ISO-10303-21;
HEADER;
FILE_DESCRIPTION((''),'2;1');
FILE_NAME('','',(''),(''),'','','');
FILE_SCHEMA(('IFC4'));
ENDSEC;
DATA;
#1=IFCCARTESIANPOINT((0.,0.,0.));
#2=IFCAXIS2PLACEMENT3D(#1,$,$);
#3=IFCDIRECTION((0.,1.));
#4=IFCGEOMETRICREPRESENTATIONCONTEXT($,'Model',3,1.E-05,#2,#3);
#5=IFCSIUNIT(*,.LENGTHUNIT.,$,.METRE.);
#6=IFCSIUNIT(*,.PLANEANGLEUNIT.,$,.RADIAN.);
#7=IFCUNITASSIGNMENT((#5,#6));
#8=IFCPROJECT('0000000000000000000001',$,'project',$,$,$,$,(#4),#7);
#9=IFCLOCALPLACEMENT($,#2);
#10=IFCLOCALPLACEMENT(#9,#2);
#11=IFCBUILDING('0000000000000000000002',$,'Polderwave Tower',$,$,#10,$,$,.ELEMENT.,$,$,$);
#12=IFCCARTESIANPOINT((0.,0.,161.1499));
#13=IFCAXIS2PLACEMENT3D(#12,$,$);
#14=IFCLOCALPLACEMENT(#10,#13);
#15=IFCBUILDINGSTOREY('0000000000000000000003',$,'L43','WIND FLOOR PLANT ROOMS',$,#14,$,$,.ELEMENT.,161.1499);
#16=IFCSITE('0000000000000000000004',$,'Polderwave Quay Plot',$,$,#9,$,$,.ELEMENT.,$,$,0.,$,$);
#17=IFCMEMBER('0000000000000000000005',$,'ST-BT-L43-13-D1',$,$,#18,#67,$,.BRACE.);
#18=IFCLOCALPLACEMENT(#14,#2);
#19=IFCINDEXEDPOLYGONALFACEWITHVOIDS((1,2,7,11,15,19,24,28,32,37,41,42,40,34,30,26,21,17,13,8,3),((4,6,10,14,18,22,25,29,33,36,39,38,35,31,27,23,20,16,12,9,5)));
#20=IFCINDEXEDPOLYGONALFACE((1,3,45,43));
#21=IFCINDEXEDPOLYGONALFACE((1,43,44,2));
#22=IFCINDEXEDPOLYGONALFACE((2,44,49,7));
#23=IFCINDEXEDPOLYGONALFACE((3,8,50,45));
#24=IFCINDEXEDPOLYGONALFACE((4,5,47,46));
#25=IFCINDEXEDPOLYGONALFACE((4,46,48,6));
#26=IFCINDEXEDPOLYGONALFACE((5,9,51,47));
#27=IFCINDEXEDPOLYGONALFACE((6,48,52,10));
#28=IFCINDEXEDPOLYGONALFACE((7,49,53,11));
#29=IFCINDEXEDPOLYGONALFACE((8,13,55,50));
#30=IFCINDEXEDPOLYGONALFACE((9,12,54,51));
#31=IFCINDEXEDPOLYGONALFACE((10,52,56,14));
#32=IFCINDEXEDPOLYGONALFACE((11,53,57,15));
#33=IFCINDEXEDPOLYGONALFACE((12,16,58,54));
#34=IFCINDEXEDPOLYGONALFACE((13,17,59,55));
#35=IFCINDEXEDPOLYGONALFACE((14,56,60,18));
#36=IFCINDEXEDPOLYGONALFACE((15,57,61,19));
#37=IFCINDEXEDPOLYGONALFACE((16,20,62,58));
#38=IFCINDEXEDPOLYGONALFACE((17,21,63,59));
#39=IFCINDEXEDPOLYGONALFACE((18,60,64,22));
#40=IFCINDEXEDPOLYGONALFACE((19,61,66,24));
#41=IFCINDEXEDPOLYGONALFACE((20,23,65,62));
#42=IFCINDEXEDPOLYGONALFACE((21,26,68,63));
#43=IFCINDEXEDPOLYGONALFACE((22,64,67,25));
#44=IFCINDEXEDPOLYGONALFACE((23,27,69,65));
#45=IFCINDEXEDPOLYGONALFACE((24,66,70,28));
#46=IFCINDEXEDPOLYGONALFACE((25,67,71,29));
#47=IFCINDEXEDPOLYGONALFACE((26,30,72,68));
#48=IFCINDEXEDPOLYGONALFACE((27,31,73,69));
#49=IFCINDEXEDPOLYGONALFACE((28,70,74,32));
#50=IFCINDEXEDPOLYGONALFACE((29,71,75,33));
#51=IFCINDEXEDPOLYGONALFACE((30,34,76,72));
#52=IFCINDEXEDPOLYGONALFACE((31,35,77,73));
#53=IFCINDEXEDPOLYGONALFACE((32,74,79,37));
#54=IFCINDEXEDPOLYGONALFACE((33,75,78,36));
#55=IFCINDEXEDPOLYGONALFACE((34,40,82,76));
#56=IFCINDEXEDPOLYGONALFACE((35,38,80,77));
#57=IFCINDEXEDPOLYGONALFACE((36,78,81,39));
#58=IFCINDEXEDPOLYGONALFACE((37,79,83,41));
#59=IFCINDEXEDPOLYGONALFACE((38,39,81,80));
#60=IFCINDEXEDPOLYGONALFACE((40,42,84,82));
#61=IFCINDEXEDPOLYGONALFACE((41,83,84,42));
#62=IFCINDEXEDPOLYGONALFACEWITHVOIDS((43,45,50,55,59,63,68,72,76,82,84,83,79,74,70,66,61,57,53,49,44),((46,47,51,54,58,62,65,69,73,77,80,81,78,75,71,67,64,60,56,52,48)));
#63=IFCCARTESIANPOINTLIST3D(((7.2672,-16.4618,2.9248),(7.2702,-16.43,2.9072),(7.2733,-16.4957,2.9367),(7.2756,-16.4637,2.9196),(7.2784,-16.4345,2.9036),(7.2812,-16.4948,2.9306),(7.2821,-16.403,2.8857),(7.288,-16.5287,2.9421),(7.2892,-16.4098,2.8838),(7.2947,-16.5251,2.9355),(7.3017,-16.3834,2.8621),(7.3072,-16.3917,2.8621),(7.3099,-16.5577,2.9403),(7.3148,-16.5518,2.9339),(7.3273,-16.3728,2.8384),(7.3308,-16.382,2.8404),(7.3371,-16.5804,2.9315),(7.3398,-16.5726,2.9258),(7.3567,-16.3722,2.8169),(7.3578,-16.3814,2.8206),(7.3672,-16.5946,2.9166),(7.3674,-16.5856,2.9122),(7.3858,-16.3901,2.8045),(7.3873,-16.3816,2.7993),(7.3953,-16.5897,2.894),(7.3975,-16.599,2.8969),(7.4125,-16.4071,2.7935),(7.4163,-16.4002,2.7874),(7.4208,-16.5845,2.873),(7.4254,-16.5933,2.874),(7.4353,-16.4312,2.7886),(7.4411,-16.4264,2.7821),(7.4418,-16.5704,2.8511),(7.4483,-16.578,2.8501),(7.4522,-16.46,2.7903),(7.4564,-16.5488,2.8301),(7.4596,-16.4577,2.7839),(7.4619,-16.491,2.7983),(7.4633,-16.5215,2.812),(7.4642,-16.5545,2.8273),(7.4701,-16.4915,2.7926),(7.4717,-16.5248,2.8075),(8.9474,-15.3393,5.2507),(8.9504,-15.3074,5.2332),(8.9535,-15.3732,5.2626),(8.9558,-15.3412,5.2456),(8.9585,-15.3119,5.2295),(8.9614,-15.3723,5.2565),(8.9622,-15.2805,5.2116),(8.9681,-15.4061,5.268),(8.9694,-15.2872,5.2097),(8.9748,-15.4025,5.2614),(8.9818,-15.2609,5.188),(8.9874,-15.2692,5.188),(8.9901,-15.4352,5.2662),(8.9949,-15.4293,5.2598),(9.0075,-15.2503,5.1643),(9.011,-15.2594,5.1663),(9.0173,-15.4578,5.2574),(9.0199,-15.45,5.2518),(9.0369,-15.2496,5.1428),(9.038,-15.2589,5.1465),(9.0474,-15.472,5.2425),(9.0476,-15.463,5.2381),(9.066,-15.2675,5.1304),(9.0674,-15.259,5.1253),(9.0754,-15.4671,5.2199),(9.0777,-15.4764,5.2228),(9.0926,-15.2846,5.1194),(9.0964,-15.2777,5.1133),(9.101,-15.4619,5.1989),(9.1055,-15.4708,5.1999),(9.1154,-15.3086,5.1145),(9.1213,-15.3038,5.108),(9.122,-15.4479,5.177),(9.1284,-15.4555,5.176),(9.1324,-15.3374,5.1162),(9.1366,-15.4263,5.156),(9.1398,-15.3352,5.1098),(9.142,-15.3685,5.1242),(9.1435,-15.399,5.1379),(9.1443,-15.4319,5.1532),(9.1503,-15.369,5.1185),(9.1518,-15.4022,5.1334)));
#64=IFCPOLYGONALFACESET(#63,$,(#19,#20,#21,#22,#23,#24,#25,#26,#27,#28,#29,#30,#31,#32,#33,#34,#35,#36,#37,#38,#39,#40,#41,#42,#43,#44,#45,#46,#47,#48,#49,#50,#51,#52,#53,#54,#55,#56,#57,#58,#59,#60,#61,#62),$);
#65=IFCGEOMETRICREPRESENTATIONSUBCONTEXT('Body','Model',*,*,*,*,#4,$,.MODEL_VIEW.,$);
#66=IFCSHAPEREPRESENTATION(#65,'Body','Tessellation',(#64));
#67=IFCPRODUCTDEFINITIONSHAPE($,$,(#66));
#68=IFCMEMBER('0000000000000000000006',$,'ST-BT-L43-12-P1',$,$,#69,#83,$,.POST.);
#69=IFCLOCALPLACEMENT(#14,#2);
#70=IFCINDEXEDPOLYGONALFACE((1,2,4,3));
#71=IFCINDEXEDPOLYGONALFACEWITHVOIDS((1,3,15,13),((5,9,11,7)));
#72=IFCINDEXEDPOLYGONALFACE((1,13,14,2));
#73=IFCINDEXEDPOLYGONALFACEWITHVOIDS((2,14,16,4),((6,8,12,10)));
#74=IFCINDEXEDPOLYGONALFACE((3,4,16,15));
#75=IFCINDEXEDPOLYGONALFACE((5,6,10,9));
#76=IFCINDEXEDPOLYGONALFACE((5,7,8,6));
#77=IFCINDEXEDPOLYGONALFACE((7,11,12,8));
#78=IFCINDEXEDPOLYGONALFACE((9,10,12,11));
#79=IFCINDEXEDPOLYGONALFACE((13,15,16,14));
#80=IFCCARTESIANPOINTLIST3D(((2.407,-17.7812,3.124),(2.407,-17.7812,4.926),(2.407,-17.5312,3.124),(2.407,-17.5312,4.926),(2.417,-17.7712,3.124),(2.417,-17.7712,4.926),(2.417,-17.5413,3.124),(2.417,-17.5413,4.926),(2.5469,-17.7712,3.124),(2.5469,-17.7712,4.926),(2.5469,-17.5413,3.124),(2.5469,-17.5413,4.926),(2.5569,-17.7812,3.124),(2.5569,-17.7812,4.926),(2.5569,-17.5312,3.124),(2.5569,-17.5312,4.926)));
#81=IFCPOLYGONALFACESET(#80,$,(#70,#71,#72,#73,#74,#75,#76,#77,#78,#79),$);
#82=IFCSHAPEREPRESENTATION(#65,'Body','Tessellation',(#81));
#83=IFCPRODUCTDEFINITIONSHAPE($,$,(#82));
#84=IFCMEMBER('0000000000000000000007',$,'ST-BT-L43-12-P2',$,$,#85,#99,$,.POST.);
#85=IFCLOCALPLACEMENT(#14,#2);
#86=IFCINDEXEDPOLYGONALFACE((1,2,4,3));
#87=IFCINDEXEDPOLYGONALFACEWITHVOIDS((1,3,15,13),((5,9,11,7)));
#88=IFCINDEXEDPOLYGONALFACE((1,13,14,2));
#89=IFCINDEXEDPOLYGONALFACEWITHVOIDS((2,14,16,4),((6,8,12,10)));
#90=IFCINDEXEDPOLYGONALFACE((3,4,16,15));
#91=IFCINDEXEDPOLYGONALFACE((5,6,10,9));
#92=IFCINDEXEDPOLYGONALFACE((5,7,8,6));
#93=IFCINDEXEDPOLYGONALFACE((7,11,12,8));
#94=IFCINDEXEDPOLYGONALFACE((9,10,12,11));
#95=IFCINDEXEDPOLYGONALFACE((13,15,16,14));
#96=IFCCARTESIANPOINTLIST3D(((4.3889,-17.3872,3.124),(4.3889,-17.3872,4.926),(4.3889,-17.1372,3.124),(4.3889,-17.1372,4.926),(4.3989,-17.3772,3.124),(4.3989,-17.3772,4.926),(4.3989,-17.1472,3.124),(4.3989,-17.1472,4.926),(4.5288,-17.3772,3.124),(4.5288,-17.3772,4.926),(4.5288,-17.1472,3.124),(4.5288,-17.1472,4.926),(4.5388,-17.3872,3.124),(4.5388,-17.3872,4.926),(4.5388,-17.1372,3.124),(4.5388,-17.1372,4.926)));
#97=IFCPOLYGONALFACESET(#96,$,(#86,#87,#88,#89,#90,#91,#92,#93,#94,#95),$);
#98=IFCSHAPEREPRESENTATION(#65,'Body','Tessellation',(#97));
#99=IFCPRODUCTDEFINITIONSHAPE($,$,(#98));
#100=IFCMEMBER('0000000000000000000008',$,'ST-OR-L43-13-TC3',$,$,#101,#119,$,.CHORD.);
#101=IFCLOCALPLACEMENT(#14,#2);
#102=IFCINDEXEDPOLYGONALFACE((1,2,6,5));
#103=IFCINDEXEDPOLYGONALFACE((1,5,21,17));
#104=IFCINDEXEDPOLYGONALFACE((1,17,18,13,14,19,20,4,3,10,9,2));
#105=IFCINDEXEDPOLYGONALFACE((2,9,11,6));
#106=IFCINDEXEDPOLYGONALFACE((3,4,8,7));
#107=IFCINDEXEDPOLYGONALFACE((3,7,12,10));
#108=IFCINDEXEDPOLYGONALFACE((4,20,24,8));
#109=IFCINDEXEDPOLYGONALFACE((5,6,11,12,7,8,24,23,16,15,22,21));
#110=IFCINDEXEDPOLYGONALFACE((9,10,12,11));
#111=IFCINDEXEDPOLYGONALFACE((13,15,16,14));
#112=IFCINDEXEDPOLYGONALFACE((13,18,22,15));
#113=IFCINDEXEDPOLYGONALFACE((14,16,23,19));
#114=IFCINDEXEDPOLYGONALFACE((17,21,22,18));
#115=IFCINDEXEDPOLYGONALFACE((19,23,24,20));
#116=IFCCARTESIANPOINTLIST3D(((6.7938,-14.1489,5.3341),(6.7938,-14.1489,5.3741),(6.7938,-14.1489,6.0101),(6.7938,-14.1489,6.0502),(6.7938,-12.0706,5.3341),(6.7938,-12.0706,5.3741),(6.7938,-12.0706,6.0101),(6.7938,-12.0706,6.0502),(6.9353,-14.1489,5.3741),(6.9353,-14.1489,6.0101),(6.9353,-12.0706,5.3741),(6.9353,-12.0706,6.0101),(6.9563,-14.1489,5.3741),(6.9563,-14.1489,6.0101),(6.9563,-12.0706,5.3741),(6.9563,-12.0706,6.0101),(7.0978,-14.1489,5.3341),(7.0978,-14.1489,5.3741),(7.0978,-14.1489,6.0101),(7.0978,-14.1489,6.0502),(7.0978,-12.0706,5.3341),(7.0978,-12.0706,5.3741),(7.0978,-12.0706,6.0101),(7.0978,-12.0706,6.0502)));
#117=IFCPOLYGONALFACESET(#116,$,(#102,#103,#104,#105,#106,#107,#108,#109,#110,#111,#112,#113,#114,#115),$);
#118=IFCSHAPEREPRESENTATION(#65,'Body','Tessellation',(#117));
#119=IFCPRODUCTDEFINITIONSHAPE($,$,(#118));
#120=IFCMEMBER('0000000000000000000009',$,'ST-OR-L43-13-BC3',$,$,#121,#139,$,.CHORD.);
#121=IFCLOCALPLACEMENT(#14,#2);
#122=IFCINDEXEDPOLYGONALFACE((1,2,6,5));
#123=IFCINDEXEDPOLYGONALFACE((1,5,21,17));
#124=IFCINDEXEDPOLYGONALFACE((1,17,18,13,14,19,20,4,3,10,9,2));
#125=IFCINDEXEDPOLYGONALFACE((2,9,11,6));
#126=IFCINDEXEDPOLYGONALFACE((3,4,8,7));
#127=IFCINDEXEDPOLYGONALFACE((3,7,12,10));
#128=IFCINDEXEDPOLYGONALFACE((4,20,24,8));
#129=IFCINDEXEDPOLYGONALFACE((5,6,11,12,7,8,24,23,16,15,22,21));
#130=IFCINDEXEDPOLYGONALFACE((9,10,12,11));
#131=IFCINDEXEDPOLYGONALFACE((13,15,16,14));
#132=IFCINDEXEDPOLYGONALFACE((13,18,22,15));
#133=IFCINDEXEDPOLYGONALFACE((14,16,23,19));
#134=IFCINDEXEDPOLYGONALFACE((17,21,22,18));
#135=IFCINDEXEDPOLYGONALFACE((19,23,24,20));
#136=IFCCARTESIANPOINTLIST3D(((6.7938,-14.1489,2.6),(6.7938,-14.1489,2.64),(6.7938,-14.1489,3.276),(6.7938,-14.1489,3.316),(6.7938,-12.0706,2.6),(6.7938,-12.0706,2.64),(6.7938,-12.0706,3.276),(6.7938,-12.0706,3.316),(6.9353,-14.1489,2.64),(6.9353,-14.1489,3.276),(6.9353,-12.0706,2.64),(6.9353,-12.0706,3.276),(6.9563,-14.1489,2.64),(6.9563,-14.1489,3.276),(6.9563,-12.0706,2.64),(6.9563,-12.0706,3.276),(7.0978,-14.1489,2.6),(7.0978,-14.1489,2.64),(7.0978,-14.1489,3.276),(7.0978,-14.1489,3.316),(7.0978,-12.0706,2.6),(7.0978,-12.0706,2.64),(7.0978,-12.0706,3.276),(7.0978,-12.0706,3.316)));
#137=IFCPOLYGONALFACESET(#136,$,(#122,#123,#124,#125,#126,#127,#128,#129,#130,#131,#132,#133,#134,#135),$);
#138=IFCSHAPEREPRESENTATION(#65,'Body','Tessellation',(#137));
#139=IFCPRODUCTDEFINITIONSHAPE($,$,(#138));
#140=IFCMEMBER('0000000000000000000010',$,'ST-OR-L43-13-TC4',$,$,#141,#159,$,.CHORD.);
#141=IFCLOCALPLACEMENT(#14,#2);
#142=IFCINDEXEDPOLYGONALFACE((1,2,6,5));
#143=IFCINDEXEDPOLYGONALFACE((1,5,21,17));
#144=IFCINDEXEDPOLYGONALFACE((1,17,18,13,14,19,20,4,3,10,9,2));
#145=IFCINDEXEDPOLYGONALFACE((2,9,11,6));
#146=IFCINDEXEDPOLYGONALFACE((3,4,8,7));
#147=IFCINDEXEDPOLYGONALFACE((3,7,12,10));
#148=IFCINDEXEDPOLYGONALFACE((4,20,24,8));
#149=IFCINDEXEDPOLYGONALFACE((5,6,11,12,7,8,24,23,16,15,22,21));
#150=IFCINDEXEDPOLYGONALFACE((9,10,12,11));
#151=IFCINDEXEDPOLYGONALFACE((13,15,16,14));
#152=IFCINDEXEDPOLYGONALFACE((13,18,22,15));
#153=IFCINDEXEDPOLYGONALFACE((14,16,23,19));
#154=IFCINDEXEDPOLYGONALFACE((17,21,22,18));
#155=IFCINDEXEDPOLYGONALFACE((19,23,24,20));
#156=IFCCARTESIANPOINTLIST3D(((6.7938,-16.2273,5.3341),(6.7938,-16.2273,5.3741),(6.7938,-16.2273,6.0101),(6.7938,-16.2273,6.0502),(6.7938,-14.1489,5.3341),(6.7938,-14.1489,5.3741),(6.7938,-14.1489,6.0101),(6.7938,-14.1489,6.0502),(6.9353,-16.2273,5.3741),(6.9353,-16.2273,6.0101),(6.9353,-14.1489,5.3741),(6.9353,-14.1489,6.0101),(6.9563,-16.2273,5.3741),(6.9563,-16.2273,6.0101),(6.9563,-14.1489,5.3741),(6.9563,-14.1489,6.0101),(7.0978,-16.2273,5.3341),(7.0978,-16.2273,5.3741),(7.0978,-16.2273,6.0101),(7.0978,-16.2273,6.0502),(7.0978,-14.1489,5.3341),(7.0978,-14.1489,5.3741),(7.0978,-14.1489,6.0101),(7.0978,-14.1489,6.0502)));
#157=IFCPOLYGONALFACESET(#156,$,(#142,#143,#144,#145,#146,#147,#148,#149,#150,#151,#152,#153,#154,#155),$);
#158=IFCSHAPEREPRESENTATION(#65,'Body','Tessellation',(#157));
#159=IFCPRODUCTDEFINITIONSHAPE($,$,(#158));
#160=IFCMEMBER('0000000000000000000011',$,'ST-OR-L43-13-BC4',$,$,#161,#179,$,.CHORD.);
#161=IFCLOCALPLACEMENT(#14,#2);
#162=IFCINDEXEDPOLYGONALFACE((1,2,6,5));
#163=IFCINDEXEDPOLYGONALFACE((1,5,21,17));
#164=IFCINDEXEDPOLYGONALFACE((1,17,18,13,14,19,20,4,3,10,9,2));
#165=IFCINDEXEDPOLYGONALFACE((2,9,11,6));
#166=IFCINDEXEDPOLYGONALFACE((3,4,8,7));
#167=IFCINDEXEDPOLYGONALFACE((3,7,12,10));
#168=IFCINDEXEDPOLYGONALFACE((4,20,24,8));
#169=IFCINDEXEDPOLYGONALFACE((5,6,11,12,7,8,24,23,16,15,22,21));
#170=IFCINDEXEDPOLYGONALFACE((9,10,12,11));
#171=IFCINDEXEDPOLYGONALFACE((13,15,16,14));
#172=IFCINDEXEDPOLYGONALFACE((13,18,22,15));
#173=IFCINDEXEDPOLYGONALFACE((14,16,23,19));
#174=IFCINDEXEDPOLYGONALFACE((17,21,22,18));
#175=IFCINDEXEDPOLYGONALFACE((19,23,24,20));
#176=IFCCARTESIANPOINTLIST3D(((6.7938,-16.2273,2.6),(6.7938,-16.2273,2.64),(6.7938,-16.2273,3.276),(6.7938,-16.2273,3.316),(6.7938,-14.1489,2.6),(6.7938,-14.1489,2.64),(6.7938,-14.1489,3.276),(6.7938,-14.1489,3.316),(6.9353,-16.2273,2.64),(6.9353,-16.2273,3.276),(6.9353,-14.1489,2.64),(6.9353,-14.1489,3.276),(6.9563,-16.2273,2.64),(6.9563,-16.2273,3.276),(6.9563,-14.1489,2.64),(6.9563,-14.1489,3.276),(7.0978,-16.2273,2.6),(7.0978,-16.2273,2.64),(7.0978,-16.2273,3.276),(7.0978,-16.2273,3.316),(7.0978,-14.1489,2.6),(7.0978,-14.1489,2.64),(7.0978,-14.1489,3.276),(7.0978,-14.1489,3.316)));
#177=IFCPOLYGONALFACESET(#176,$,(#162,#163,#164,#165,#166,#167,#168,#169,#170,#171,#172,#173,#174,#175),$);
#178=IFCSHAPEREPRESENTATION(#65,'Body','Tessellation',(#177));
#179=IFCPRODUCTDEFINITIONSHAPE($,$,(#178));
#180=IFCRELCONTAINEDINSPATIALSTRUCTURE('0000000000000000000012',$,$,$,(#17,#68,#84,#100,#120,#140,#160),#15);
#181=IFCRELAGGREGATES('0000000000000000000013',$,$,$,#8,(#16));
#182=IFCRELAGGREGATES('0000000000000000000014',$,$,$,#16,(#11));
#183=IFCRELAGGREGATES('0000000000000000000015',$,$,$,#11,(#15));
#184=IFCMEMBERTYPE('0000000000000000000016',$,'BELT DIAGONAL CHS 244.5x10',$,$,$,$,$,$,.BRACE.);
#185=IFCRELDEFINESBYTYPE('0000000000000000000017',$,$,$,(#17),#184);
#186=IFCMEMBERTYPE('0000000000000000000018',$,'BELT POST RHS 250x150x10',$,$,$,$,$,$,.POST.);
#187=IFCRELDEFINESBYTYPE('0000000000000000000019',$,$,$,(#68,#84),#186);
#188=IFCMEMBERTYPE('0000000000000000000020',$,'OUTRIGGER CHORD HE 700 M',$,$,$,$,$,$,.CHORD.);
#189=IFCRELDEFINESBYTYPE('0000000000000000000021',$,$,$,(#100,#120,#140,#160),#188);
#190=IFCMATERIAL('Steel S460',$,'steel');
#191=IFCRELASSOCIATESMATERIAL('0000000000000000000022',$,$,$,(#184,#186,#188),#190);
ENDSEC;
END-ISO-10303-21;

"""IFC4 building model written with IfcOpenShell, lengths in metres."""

from ifc_helpers import new_model, si_unit, direction, frame, origin, origin_2d, place, context, subcontext, project, spatial, hollow_rectangle, hollow_circle, i_section, extrude, material, material_profile, profile_set, type_object, element, save


model = new_model("IFC4")

# Units and contexts
model_context = context("Model", 3, precision=1e-05, world=origin(), true_north=direction((0.0, 1.0)))
body_context = subcontext(model_context, "Body", "Model", "MODEL_VIEW")
ifc_project = project(units=[si_unit("LENGTHUNIT", "METRE"), si_unit("PLANEANGLEUNIT", "RADIAN")], contexts=[model_context])

# Site, building, storey
site_placement = place(None, origin())
site = spatial("IfcSite", under=ifc_project, at=site_placement, Name="Polderwave Quay Plot", CompositionType="ELEMENT", RefElevation=0.0)
building_placement = place(site_placement, origin())
building = spatial("IfcBuilding", under=site, at=building_placement, Name="Polderwave Tower", CompositionType="ELEMENT")
storey_placement = place(building_placement, frame((0.0, 0.0, 161.1499)))
storey = spatial("IfcBuildingStorey", under=building, at=storey_placement, Name="L43", Description="WIND FLOOR PLANT ROOMS", CompositionType="ELEMENT", Elevation=161.1499)

# Members
ifc_material_1 = material(Name="Steel S460", Category="steel")
ifc_material_profile_1 = material_profile(ifc_material_1, hollow_circle(Radius=0.1223, WallThickness=0.01, at=origin_2d()), Name="CHS 244.5x10")
ifc_profile_set_1 = profile_set([ifc_material_profile_1], Name="Steel S460")
member_type_1 = type_object("IfcMemberType", Name="BELT DIAGONAL CHS 244.5x10", PredefinedType="BRACE", material=ifc_profile_set_1)
for number, where, z_axis, x_axis, name in (
    (1, (7.3696, -16.4851, 2.8621), (0.54532, 0.364339, 0.754906), (-0.555536, 0.831492, 0.0), "ST-BT-L43-13-D1"),
):
    element("IfcMember", number, at=place(storey_placement, frame(where, z_axis=z_axis, x_axis=x_axis)), inside=storey, type_object=member_type_1, Name=name, PredefinedType="BRACE", context=body_context, shape_type="SweptSolid", body=[
        extrude(hollow_circle(Radius=0.1223, WallThickness=0.01, at=origin_2d()), origin(), (0.0, 0.0, 1.0), 3.0811),
    ])
ifc_material_profile_2 = material_profile(ifc_material_1, hollow_rectangle(XDim=0.1499, YDim=0.25, WallThickness=0.01, at=origin_2d()), Name="RHS 250x150x10")
ifc_profile_set_2 = profile_set([ifc_material_profile_2], Name="Steel S460")
member_type_2 = type_object("IfcMemberType", Name="BELT POST RHS 250x150x10", PredefinedType="POST", material=ifc_profile_set_2)
for number, where, z_axis, x_axis, name in (
    (2, (2.4819, -17.6562, 3.124), (0.0, 0.0, 1.0), (1.0, 0.0, 0.0), "ST-BT-L43-12-P1"),
    (3, (4.4639, -17.2622, 3.124), (0.0, 0.0, 1.0), (1.0, 0.0, 0.0), "ST-BT-L43-12-P2"),
):
    element("IfcMember", number, at=place(storey_placement, frame(where, z_axis=z_axis, x_axis=x_axis)), inside=storey, type_object=member_type_2, Name=name, PredefinedType="POST", context=body_context, shape_type="SweptSolid", body=[
        extrude(hollow_rectangle(XDim=0.1499, YDim=0.25, WallThickness=0.01, at=origin_2d()), origin(), (0.0, 0.0, 1.0), 1.802),
    ])
ifc_material_profile_3 = material_profile(ifc_material_1, i_section(OverallWidth=0.304, OverallDepth=0.7161, WebThickness=0.021, FlangeThickness=0.04, at=origin_2d()), Name="HE 700 M")
ifc_profile_set_3 = profile_set([ifc_material_profile_3], Name="Steel S460")
member_type_3 = type_object("IfcMemberType", Name="OUTRIGGER CHORD HE 700 M", PredefinedType="CHORD", material=ifc_profile_set_3)
for number, where, z_axis, x_axis, name in (
    (4, (6.9458, -12.0706, 5.6921), (0.0, -1.0, 0.0), (1.0, 0.0, 0.0), "ST-OR-L43-13-TC3"),
    (5, (6.9458, -12.0706, 2.958), (0.0, -1.0, 0.0), (1.0, 0.0, 0.0), "ST-OR-L43-13-BC3"),
    (6, (6.9458, -14.1489, 5.6921), (0.0, -1.0, 0.0), (1.0, 0.0, 0.0), "ST-OR-L43-13-TC4"),
    (7, (6.9458, -14.1489, 2.958), (0.0, -1.0, 0.0), (1.0, 0.0, 0.0), "ST-OR-L43-13-BC4"),
):
    element("IfcMember", number, at=place(storey_placement, frame(where, z_axis=z_axis, x_axis=x_axis)), inside=storey, type_object=member_type_3, Name=name, PredefinedType="CHORD", context=body_context, shape_type="SweptSolid", body=[
        extrude(i_section(OverallWidth=0.304, OverallDepth=0.7161, WebThickness=0.021, FlangeThickness=0.04, at=origin_2d()), origin(), (0.0, 0.0, 1.0), 2.0784),
    ])

save(model, "model.ifc")
